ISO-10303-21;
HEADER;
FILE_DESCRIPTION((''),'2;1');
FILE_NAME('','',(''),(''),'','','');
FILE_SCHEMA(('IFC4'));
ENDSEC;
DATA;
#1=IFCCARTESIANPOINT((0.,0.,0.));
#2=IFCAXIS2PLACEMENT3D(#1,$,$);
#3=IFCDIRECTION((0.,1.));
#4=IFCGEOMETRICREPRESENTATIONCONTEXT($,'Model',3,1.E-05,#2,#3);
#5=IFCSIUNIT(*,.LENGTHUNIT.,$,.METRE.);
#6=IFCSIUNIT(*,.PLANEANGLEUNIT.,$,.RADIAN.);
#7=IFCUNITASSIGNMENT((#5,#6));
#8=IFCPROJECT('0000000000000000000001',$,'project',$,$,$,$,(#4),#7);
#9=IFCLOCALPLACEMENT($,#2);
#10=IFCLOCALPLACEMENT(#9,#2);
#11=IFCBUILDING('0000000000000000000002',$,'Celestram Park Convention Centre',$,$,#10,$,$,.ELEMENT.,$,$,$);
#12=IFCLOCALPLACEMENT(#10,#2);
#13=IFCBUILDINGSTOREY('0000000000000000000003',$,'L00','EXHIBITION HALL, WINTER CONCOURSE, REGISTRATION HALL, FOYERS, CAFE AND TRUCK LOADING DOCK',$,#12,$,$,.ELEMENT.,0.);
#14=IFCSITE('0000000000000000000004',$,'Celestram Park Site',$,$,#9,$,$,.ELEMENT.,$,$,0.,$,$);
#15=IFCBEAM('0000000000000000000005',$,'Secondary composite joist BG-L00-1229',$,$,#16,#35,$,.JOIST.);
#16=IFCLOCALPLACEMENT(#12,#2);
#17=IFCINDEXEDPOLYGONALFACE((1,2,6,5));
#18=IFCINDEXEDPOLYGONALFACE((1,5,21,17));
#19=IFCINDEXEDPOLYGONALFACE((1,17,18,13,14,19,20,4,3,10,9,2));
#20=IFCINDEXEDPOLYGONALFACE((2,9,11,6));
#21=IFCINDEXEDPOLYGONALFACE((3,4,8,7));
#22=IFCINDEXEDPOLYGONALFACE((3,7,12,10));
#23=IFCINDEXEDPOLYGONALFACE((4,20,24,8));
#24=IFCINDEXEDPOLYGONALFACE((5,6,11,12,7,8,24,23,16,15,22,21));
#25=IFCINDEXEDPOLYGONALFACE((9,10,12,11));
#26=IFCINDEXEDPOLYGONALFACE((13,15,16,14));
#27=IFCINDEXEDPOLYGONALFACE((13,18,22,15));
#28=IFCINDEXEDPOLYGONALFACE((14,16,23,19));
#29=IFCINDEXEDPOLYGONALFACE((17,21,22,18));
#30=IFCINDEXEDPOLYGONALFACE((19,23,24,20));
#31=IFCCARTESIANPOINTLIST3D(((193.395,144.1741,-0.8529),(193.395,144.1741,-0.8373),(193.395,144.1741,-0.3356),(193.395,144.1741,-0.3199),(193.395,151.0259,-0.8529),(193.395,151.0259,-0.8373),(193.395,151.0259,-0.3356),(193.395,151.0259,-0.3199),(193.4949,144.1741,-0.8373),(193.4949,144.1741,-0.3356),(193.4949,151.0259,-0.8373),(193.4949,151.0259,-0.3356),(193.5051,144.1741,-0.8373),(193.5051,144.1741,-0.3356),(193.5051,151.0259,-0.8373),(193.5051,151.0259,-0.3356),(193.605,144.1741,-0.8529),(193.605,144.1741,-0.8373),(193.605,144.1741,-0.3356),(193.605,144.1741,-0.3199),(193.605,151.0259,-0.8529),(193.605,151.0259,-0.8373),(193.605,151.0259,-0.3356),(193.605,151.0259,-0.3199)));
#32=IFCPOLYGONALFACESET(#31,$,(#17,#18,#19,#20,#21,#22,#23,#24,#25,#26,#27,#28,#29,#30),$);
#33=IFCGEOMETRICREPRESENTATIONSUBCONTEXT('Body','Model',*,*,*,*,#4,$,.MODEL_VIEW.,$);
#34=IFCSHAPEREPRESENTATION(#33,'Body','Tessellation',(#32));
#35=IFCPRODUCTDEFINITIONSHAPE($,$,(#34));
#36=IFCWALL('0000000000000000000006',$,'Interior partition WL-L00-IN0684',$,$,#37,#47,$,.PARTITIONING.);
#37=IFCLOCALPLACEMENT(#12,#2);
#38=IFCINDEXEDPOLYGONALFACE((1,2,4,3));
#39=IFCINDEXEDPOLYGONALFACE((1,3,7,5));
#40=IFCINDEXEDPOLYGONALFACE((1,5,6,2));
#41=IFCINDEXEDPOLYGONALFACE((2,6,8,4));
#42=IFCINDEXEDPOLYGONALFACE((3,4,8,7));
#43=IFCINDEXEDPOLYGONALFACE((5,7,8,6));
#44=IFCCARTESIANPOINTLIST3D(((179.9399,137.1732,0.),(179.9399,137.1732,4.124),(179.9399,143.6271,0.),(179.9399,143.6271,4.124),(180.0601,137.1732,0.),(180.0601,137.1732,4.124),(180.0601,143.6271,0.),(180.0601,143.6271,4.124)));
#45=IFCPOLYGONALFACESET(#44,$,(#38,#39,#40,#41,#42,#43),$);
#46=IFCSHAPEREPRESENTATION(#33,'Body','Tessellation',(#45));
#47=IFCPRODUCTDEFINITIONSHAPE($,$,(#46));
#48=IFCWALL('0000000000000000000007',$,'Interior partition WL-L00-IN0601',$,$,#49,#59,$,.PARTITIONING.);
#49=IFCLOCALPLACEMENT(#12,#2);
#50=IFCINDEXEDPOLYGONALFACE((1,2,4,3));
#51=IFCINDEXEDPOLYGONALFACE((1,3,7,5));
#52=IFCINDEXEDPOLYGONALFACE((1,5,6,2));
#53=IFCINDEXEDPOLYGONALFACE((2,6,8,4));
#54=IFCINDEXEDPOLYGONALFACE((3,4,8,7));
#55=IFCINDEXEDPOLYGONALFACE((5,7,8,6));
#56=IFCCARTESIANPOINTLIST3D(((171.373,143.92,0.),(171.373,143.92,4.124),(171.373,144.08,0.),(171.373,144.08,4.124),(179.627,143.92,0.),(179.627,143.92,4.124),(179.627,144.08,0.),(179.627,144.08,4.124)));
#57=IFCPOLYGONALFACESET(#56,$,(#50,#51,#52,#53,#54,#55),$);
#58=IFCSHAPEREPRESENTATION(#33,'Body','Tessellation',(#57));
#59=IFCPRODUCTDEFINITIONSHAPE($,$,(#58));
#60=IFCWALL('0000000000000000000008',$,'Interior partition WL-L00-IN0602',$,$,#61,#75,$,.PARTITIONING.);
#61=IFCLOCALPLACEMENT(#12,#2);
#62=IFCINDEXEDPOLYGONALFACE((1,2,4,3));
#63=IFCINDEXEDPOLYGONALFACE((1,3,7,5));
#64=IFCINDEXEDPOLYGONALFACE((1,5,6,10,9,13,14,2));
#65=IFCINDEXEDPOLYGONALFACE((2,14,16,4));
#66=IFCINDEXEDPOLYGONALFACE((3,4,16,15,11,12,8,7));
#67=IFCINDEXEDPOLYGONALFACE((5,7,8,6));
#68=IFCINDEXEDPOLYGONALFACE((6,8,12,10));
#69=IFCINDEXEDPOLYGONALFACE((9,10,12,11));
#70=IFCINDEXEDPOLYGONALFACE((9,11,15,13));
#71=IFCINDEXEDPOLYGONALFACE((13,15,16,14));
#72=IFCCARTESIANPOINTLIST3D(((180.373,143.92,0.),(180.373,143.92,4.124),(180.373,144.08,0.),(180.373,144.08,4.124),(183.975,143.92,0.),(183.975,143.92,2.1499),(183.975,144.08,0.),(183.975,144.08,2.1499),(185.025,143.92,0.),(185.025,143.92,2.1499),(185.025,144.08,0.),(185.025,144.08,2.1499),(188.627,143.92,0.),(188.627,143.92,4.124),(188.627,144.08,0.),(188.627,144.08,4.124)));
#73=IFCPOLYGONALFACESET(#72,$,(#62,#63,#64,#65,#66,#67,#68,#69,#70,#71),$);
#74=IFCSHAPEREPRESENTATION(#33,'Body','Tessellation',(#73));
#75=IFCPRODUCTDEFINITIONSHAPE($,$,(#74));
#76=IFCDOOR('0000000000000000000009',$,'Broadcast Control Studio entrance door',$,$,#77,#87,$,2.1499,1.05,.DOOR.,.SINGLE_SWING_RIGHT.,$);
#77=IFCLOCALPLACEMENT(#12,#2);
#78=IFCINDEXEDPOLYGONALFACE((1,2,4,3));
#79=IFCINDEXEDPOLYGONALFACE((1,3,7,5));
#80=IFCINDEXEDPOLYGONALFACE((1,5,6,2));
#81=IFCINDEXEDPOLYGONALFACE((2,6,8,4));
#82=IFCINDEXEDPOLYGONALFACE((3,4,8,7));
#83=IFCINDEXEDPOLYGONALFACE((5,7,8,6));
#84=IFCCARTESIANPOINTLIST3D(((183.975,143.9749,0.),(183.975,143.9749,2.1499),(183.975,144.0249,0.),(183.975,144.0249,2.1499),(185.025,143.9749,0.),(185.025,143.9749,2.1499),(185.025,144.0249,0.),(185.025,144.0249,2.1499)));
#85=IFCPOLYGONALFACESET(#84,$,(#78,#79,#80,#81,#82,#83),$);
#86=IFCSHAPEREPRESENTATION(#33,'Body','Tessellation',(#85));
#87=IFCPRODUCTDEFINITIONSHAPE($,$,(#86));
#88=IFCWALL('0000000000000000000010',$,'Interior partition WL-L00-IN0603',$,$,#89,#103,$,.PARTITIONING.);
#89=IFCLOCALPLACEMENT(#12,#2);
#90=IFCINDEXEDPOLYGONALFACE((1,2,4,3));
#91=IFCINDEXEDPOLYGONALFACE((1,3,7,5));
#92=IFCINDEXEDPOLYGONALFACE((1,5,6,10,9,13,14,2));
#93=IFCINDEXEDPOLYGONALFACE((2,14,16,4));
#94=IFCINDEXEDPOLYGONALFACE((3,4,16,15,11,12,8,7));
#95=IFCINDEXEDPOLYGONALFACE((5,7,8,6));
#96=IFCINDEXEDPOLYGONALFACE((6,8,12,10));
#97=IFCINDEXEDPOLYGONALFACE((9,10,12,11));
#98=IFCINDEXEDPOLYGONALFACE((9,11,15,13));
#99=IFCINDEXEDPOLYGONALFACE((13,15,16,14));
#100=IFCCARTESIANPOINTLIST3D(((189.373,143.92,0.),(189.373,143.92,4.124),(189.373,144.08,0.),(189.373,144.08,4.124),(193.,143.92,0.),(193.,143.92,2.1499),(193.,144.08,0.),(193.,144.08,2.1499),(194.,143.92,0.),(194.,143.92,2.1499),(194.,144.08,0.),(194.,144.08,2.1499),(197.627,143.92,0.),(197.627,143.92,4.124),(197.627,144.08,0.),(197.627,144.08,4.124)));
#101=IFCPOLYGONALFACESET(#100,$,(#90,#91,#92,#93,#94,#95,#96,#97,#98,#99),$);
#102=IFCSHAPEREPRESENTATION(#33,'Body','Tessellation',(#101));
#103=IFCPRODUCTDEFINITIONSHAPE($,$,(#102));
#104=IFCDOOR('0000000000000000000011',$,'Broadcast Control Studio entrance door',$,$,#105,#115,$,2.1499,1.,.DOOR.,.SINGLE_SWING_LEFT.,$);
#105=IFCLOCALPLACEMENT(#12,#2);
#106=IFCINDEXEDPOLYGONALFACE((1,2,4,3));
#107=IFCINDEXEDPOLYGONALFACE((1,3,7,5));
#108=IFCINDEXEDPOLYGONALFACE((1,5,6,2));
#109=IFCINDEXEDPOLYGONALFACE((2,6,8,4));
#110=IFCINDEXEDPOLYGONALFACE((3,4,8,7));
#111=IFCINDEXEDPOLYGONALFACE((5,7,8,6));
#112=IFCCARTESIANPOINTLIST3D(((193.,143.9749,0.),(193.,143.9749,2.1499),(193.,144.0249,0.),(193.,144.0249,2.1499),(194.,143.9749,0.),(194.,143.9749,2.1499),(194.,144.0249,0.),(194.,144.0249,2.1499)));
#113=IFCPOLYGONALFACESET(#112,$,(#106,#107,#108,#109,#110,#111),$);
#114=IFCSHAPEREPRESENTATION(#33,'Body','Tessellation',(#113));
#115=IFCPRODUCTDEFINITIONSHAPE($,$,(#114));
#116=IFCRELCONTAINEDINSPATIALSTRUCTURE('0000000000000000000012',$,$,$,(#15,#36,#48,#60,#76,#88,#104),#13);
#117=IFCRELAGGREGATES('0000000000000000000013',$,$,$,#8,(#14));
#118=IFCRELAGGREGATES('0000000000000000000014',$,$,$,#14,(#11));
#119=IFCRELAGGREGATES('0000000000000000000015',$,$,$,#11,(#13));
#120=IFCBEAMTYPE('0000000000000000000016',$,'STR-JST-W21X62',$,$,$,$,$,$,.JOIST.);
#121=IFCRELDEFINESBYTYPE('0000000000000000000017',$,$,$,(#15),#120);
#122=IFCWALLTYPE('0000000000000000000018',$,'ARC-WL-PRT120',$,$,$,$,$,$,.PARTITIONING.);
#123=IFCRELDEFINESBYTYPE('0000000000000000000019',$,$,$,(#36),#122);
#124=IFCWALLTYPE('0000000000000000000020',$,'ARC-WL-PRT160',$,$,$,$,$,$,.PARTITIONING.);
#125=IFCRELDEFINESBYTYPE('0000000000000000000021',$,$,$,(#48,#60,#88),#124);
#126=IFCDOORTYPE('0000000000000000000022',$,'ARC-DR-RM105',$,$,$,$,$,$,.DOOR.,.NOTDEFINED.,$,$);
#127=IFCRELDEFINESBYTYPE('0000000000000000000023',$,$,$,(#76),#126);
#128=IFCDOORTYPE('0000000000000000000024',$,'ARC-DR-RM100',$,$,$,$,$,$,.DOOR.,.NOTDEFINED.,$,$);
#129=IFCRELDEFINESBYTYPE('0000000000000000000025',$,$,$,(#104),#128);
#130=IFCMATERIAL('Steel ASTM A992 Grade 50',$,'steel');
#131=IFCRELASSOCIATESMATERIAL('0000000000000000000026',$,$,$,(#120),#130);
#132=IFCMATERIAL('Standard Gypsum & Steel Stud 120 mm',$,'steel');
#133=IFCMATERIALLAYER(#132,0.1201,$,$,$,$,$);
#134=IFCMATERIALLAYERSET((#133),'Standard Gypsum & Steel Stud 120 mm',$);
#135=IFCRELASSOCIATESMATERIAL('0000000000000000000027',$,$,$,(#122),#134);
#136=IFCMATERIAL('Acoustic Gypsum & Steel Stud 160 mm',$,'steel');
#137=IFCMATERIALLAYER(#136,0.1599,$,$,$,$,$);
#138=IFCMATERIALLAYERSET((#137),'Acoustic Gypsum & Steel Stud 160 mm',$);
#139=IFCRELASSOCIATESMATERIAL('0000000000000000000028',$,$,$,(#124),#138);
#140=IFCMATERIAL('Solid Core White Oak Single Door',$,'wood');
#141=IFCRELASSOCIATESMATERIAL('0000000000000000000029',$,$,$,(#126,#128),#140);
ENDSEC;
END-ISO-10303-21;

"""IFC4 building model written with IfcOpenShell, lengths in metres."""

from ifc_helpers import new_model, si_unit, direction, frame, frame_2d, origin, origin_2d, place, context, subcontext, project, spatial, rectangle, i_section, extrude, material, layer, layer_set, material_profile, profile_set, type_object, element, fill, save


model = new_model("IFC4")

# Units and contexts
model_context = context("Model", 3, precision=1e-05, world=origin(), true_north=direction((0.0, 1.0)))
body_context = subcontext(model_context, "Body", "Model", "MODEL_VIEW")
ifc_project = project(units=[si_unit("LENGTHUNIT", "METRE"), si_unit("PLANEANGLEUNIT", "RADIAN")], contexts=[model_context])

# Site, building, storey
site_placement = place(None, origin())
site = spatial("IfcSite", under=ifc_project, at=site_placement, Name="Celestram Park Site", CompositionType="ELEMENT", RefElevation=0.0)
building_placement = place(site_placement, origin())
building = spatial("IfcBuilding", under=site, at=building_placement, Name="Celestram Park Convention Centre", CompositionType="ELEMENT")
storey_placement = place(building_placement, origin())
storey = spatial("IfcBuildingStorey", under=building, at=storey_placement, Name="L00", Description="EXHIBITION HALL, WINTER CONCOURSE, REGISTRATION HALL, FOYERS, CAFE AND TRUCK LOADING DOCK", CompositionType="ELEMENT", Elevation=0.0)

# Beam
ifc_material_1 = material(Name="Steel ASTM A992 Grade 50", Category="steel")
ifc_material_profile_1 = material_profile(ifc_material_1, i_section(OverallWidth=0.21, OverallDepth=0.533, WebThickness=0.0103, FlangeThickness=0.0156, at=origin_2d()), Name="W21X62")
ifc_profile_set_1 = profile_set([ifc_material_profile_1], Name="Steel ASTM A992 Grade 50")
beam_type_1 = type_object("IfcBeamType", Name="STR-JST-W21X62", PredefinedType="JOIST", material=ifc_profile_set_1)
for number, where, z_axis, x_axis, name in (
    (1, (193.5, 144.1741, -0.5864), (0.0, 1.0, 0.0), (-1.0, 0.0, 0.0), "Secondary composite joist BG-L00-1229"),
):
    element("IfcBeam", number, at=place(storey_placement, frame(where, z_axis=z_axis, x_axis=x_axis)), inside=storey, type_object=beam_type_1, Name=name, PredefinedType="JOIST", context=body_context, shape_type="SweptSolid", body=[
        extrude(i_section(OverallWidth=0.21, OverallDepth=0.533, WebThickness=0.0103, FlangeThickness=0.0156, at=origin_2d()), origin(), (0.0, 0.0, 1.0), 6.8518),
    ])

# Walls
ifc_material_2 = material(Name="Standard Gypsum & Steel Stud 120 mm", Category="steel")
ifc_layer_1 = layer(ifc_material_2, 0.1201)
ifc_layer_set_1 = layer_set([ifc_layer_1], Name="Standard Gypsum & Steel Stud 120 mm")
wall_type_1 = type_object("IfcWallType", Name="ARC-WL-PRT120", PredefinedType="PARTITIONING", material=ifc_layer_set_1)
wall_1_placement = place(storey_placement, frame((180.0, 137.1731, 0.0), z_axis=(0.0, 0.0, 1.0), x_axis=(0.0, 1.0, 0.0)))
element("IfcWall", 2, at=wall_1_placement, inside=storey, type_object=wall_type_1, Name="Interior partition WL-L00-IN0684", PredefinedType="PARTITIONING", context=body_context, shape_type="SweptSolid", body=[
    extrude(rectangle(XDim=6.4539, YDim=0.1201, at=frame_2d((3.2271, 0.0))), origin(), (0.0, 0.0, 1.0), 4.124),
])
ifc_material_3 = material(Name="Acoustic Gypsum & Steel Stud 160 mm", Category="steel")
ifc_layer_2 = layer(ifc_material_3, 0.1599)
ifc_layer_set_2 = layer_set([ifc_layer_2], Name="Acoustic Gypsum & Steel Stud 160 mm")
wall_type_2 = type_object("IfcWallType", Name="ARC-WL-PRT160", PredefinedType="PARTITIONING", material=ifc_layer_set_2)
wall_2_placement = place(storey_placement, frame((171.373, 144.0, 0.0), z_axis=(0.0, 0.0, 1.0), x_axis=(1.0, 0.0, 0.0)))
element("IfcWall", 3, at=wall_2_placement, inside=storey, type_object=wall_type_2, Name="Interior partition WL-L00-IN0601", PredefinedType="PARTITIONING", context=body_context, shape_type="SweptSolid", body=[
    extrude(rectangle(XDim=8.2539, YDim=0.1599, at=frame_2d((4.127, 0.0))), origin(), (0.0, 0.0, 1.0), 4.124),
])

# Walls, openings, doors
wall_3_placement = place(storey_placement, frame((180.373, 144.0, 0.0), z_axis=(0.0, 0.0, 1.0), x_axis=(1.0, 0.0, 0.0)))
wall_3 = element("IfcWall", 4, at=wall_3_placement, inside=storey, type_object=wall_type_2, Name="Interior partition WL-L00-IN0602", PredefinedType="PARTITIONING", context=body_context, shape_type="SweptSolid", body=[
    extrude(rectangle(XDim=8.2539, YDim=0.1599, at=frame_2d((4.127, 0.0))), origin(), (0.0, 0.0, 1.0), 4.124),
])
opening_1_placement = place(wall_3_placement, frame((3.6021, 0.0, 0.0)))
opening_1 = element("IfcOpeningElement", 5, at=opening_1_placement, cuts=wall_3, PredefinedType="OPENING", context=body_context, shape_type="SweptSolid", body=[
    extrude(rectangle(XDim=1.05, YDim=2.1499, at=frame_2d((0.5249, 1.075))), frame((0.0, 0.0898, 0.0), z_axis=(0.0, -1.0, 0.0), x_axis=(1.0, 0.0, 0.0)), (0.0, 0.0, 1.0), 0.1799),
])
ifc_material_4 = material(Name="Solid Core White Oak Single Door", Category="wood")
door_type_1 = type_object("IfcDoorType", Name="ARC-DR-RM105", OperationType="NOTDEFINED", PredefinedType="DOOR", material=ifc_material_4)
door_1_placement = place(opening_1_placement, origin())
door_1 = element("IfcDoor", 6, at=door_1_placement, inside=storey, type_object=door_type_1, Name="Broadcast Control Studio entrance door", OperationType="SINGLE_SWING_RIGHT", OverallHeight=2.1499, OverallWidth=1.05, PredefinedType="DOOR", context=body_context, shape_type="SweptSolid", body=[
    extrude(rectangle(XDim=1.05, YDim=2.1499, at=frame_2d((0.5249, 1.075))), frame((0.0, 0.0249, 0.0), z_axis=(0.0, -1.0, 0.0), x_axis=(1.0, 0.0, 0.0)), (0.0, 0.0, 1.0), 0.05),
])
fill(opening_1, door_1)
wall_4_placement = place(storey_placement, frame((189.373, 144.0, 0.0), z_axis=(0.0, 0.0, 1.0), x_axis=(1.0, 0.0, 0.0)))
wall_4 = element("IfcWall", 7, at=wall_4_placement, inside=storey, type_object=wall_type_2, Name="Interior partition WL-L00-IN0603", PredefinedType="PARTITIONING", context=body_context, shape_type="SweptSolid", body=[
    extrude(rectangle(XDim=8.2539, YDim=0.1599, at=frame_2d((4.127, 0.0))), origin(), (0.0, 0.0, 1.0), 4.124),
])
opening_2_placement = place(wall_4_placement, frame((3.627, 0.0, 0.0)))
opening_2 = element("IfcOpeningElement", 8, at=opening_2_placement, cuts=wall_4, PredefinedType="OPENING", context=body_context, shape_type="SweptSolid", body=[
    extrude(rectangle(XDim=1.0, YDim=2.1499, at=frame_2d((0.5, 1.075))), frame((0.0, 0.0898, 0.0), z_axis=(0.0, -1.0, 0.0), x_axis=(1.0, 0.0, 0.0)), (0.0, 0.0, 1.0), 0.1799),
])
door_type_2 = type_object("IfcDoorType", Name="ARC-DR-RM100", OperationType="NOTDEFINED", PredefinedType="DOOR", material=ifc_material_4)
door_2_placement = place(opening_2_placement, origin())
door_2 = element("IfcDoor", 9, at=door_2_placement, inside=storey, type_object=door_type_2, Name="Broadcast Control Studio entrance door", OperationType="SINGLE_SWING_LEFT", OverallHeight=2.1499, OverallWidth=1.0, PredefinedType="DOOR", context=body_context, shape_type="SweptSolid", body=[
    extrude(rectangle(XDim=1.0, YDim=2.1499, at=frame_2d((0.5, 1.075))), frame((0.0, 0.0249, 0.0), z_axis=(0.0, -1.0, 0.0), x_axis=(1.0, 0.0, 0.0)), (0.0, 0.0, 1.0), 0.05),
])
fill(opening_2, door_2)

save(model, "model.ifc")
